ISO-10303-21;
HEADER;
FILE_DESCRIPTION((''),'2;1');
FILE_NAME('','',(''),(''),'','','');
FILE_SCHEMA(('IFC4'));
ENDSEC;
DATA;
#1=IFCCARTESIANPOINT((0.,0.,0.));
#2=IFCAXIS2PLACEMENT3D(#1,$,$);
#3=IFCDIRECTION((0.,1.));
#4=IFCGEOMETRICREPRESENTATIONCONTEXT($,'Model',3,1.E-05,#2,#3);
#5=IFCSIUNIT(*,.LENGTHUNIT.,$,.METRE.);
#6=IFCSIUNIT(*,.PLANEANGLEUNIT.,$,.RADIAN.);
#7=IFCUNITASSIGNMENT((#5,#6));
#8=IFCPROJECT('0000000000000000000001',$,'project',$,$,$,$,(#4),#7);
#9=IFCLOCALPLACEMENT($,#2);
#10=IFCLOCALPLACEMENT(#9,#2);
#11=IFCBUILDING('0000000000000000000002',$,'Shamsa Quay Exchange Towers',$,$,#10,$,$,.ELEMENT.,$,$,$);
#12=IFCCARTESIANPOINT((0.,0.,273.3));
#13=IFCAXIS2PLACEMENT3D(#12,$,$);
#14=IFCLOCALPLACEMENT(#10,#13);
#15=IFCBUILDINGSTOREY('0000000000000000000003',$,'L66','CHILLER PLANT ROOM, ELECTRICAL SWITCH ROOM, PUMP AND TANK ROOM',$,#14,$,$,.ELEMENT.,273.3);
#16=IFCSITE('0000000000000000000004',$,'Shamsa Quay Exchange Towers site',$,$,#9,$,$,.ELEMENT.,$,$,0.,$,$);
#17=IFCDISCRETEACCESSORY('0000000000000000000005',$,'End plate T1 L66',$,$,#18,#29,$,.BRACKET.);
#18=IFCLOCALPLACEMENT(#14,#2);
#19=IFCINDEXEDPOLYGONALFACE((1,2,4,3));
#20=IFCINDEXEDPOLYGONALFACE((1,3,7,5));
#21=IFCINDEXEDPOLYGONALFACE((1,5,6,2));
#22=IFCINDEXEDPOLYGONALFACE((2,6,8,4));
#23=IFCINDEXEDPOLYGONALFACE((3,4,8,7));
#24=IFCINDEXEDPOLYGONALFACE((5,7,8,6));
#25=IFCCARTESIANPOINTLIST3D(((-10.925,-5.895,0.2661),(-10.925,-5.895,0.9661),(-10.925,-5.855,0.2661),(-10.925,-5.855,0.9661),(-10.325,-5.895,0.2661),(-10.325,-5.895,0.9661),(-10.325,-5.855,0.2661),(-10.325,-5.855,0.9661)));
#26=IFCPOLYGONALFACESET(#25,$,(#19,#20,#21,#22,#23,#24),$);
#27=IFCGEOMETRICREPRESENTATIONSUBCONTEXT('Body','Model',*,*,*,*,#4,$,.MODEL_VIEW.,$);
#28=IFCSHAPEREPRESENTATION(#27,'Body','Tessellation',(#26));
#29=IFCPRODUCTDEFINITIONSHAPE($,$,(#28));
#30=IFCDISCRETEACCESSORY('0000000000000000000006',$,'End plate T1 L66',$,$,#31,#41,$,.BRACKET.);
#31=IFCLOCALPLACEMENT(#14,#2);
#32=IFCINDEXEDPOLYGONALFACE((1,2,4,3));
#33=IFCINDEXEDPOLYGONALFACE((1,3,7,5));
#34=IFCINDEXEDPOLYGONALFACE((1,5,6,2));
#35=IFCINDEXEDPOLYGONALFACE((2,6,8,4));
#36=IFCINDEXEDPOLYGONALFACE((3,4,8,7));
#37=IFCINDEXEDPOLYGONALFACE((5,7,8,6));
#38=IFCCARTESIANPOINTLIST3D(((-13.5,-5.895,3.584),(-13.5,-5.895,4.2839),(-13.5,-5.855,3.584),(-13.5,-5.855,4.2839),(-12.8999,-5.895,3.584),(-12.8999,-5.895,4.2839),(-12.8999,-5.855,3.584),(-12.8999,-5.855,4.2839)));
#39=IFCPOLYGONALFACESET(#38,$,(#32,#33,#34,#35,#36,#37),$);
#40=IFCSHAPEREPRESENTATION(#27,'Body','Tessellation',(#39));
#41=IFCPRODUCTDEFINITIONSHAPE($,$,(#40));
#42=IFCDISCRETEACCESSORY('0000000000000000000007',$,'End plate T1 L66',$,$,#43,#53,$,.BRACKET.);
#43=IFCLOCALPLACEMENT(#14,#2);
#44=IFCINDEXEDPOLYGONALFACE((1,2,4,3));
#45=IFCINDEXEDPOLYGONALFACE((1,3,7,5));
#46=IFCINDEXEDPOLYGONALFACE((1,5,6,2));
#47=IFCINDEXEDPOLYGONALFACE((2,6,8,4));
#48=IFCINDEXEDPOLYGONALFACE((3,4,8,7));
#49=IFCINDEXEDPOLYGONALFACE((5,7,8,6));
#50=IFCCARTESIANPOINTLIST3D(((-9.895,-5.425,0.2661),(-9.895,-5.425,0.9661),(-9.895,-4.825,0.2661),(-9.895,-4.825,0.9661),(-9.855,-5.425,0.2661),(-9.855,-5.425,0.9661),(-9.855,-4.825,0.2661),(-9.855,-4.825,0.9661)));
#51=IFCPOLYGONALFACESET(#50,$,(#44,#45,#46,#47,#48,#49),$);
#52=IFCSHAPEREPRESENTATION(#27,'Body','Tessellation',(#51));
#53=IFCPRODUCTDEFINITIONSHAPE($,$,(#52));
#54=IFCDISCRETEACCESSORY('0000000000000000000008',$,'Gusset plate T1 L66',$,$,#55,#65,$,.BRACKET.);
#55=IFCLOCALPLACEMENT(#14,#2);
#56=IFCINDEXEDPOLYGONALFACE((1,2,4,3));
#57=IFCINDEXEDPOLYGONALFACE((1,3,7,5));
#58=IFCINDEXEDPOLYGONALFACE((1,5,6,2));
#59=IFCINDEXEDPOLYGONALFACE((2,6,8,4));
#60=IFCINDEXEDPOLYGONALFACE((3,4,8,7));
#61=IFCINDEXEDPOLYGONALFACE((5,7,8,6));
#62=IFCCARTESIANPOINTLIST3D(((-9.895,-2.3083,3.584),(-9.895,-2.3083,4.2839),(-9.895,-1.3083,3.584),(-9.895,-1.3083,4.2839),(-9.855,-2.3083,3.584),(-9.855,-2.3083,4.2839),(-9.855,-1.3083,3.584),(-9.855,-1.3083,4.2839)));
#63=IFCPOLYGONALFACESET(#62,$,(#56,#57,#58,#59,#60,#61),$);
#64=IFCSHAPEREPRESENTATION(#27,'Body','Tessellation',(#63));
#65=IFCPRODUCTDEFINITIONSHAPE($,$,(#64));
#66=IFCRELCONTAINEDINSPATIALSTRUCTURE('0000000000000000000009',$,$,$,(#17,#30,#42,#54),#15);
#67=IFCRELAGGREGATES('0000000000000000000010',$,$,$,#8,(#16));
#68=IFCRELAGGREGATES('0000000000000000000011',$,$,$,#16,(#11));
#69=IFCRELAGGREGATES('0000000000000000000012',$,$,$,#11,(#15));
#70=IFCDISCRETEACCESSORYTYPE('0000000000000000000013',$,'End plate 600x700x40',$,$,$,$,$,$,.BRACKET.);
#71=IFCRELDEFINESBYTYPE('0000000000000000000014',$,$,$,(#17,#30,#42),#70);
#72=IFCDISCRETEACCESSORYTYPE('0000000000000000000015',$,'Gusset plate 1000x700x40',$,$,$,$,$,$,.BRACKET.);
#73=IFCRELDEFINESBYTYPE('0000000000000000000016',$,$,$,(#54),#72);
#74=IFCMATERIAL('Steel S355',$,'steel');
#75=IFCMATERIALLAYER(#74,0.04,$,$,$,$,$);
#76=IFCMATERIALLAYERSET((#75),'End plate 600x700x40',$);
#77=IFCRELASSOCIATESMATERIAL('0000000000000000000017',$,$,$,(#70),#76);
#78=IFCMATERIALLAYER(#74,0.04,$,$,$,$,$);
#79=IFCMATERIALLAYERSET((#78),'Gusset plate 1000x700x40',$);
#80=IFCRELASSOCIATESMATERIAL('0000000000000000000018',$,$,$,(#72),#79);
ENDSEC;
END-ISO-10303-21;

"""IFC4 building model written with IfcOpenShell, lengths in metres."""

from ifc_helpers import new_model, si_unit, direction, frame, origin, origin_2d, place, context, subcontext, project, spatial, rectangle, extrude, material, layer, layer_set, type_object, element, save


model = new_model("IFC4")

# Units and contexts
model_context = context("Model", 3, precision=1e-05, world=origin(), true_north=direction((0.0, 1.0)))
body_context = subcontext(model_context, "Body", "Model", "MODEL_VIEW")
ifc_project = project(units=[si_unit("LENGTHUNIT", "METRE"), si_unit("PLANEANGLEUNIT", "RADIAN")], contexts=[model_context])

# Site, building, storey
site_placement = place(None, origin())
site = spatial("IfcSite", under=ifc_project, at=site_placement, Name="Shamsa Quay Exchange Towers site", CompositionType="ELEMENT", RefElevation=0.0)
building_placement = place(site_placement, origin())
building = spatial("IfcBuilding", under=site, at=building_placement, Name="Shamsa Quay Exchange Towers", CompositionType="ELEMENT")
storey_placement = place(building_placement, frame((0.0, 0.0, 273.3)))
storey = spatial("IfcBuildingStorey", under=building, at=storey_placement, Name="L66", Description="CHILLER PLANT ROOM, ELECTRICAL SWITCH ROOM, PUMP AND TANK ROOM", CompositionType="ELEMENT", Elevation=273.3)

# Shared definitions
ifc_material_1 = material(Name="Steel S355", Category="steel")

# Discrete accessories
ifc_layer_1 = layer(ifc_material_1, 0.04)
ifc_layer_set_1 = layer_set([ifc_layer_1], Name="End plate 600x700x40")
discrete_accessory_type_1 = type_object("IfcDiscreteAccessoryType", Name="End plate 600x700x40", PredefinedType="BRACKET", material=ifc_layer_set_1)
for number, where, z_axis, x_axis, name in (
    (1, (-10.625, -5.875, 0.2661), (0.0, 0.0, 1.0), (-1.0, 0.0, 0.0), "End plate T1 L66"),
    (2, (-13.2, -5.875, 3.584), (0.0, 0.0, 1.0), (-1.0, 0.0, 0.0), "End plate T1 L66"),
    (3, (-9.875, -5.125, 0.2661), (0.0, 0.0, 1.0), (0.0, 1.0, 0.0), "End plate T1 L66"),
):
    element("IfcDiscreteAccessory", number, at=place(storey_placement, frame(where, z_axis=z_axis, x_axis=x_axis)), inside=storey, type_object=discrete_accessory_type_1, Name=name, PredefinedType="BRACKET", context=body_context, shape_type="SweptSolid", body=[
        extrude(rectangle(XDim=0.6001, YDim=0.04, at=origin_2d()), origin(), (0.0, 0.0, 1.0), 0.7),
    ])
ifc_layer_2 = layer(ifc_material_1, 0.04)
ifc_layer_set_2 = layer_set([ifc_layer_2], Name="Gusset plate 1000x700x40")
discrete_accessory_type_2 = type_object("IfcDiscreteAccessoryType", Name="Gusset plate 1000x700x40", PredefinedType="BRACKET", material=ifc_layer_set_2)
discrete_accessory_placement = place(storey_placement, frame((-9.875, -1.8083, 3.584), z_axis=(0.0, 0.0, 1.0), x_axis=(0.0, 1.0, 0.0)))
element("IfcDiscreteAccessory", 4, at=discrete_accessory_placement, inside=storey, type_object=discrete_accessory_type_2, Name="Gusset plate T1 L66", PredefinedType="BRACKET", context=body_context, shape_type="SweptSolid", body=[
    extrude(rectangle(XDim=1.0, YDim=0.04, at=origin_2d()), origin(), (0.0, 0.0, 1.0), 0.7),
])

save(model, "model.ifc")
